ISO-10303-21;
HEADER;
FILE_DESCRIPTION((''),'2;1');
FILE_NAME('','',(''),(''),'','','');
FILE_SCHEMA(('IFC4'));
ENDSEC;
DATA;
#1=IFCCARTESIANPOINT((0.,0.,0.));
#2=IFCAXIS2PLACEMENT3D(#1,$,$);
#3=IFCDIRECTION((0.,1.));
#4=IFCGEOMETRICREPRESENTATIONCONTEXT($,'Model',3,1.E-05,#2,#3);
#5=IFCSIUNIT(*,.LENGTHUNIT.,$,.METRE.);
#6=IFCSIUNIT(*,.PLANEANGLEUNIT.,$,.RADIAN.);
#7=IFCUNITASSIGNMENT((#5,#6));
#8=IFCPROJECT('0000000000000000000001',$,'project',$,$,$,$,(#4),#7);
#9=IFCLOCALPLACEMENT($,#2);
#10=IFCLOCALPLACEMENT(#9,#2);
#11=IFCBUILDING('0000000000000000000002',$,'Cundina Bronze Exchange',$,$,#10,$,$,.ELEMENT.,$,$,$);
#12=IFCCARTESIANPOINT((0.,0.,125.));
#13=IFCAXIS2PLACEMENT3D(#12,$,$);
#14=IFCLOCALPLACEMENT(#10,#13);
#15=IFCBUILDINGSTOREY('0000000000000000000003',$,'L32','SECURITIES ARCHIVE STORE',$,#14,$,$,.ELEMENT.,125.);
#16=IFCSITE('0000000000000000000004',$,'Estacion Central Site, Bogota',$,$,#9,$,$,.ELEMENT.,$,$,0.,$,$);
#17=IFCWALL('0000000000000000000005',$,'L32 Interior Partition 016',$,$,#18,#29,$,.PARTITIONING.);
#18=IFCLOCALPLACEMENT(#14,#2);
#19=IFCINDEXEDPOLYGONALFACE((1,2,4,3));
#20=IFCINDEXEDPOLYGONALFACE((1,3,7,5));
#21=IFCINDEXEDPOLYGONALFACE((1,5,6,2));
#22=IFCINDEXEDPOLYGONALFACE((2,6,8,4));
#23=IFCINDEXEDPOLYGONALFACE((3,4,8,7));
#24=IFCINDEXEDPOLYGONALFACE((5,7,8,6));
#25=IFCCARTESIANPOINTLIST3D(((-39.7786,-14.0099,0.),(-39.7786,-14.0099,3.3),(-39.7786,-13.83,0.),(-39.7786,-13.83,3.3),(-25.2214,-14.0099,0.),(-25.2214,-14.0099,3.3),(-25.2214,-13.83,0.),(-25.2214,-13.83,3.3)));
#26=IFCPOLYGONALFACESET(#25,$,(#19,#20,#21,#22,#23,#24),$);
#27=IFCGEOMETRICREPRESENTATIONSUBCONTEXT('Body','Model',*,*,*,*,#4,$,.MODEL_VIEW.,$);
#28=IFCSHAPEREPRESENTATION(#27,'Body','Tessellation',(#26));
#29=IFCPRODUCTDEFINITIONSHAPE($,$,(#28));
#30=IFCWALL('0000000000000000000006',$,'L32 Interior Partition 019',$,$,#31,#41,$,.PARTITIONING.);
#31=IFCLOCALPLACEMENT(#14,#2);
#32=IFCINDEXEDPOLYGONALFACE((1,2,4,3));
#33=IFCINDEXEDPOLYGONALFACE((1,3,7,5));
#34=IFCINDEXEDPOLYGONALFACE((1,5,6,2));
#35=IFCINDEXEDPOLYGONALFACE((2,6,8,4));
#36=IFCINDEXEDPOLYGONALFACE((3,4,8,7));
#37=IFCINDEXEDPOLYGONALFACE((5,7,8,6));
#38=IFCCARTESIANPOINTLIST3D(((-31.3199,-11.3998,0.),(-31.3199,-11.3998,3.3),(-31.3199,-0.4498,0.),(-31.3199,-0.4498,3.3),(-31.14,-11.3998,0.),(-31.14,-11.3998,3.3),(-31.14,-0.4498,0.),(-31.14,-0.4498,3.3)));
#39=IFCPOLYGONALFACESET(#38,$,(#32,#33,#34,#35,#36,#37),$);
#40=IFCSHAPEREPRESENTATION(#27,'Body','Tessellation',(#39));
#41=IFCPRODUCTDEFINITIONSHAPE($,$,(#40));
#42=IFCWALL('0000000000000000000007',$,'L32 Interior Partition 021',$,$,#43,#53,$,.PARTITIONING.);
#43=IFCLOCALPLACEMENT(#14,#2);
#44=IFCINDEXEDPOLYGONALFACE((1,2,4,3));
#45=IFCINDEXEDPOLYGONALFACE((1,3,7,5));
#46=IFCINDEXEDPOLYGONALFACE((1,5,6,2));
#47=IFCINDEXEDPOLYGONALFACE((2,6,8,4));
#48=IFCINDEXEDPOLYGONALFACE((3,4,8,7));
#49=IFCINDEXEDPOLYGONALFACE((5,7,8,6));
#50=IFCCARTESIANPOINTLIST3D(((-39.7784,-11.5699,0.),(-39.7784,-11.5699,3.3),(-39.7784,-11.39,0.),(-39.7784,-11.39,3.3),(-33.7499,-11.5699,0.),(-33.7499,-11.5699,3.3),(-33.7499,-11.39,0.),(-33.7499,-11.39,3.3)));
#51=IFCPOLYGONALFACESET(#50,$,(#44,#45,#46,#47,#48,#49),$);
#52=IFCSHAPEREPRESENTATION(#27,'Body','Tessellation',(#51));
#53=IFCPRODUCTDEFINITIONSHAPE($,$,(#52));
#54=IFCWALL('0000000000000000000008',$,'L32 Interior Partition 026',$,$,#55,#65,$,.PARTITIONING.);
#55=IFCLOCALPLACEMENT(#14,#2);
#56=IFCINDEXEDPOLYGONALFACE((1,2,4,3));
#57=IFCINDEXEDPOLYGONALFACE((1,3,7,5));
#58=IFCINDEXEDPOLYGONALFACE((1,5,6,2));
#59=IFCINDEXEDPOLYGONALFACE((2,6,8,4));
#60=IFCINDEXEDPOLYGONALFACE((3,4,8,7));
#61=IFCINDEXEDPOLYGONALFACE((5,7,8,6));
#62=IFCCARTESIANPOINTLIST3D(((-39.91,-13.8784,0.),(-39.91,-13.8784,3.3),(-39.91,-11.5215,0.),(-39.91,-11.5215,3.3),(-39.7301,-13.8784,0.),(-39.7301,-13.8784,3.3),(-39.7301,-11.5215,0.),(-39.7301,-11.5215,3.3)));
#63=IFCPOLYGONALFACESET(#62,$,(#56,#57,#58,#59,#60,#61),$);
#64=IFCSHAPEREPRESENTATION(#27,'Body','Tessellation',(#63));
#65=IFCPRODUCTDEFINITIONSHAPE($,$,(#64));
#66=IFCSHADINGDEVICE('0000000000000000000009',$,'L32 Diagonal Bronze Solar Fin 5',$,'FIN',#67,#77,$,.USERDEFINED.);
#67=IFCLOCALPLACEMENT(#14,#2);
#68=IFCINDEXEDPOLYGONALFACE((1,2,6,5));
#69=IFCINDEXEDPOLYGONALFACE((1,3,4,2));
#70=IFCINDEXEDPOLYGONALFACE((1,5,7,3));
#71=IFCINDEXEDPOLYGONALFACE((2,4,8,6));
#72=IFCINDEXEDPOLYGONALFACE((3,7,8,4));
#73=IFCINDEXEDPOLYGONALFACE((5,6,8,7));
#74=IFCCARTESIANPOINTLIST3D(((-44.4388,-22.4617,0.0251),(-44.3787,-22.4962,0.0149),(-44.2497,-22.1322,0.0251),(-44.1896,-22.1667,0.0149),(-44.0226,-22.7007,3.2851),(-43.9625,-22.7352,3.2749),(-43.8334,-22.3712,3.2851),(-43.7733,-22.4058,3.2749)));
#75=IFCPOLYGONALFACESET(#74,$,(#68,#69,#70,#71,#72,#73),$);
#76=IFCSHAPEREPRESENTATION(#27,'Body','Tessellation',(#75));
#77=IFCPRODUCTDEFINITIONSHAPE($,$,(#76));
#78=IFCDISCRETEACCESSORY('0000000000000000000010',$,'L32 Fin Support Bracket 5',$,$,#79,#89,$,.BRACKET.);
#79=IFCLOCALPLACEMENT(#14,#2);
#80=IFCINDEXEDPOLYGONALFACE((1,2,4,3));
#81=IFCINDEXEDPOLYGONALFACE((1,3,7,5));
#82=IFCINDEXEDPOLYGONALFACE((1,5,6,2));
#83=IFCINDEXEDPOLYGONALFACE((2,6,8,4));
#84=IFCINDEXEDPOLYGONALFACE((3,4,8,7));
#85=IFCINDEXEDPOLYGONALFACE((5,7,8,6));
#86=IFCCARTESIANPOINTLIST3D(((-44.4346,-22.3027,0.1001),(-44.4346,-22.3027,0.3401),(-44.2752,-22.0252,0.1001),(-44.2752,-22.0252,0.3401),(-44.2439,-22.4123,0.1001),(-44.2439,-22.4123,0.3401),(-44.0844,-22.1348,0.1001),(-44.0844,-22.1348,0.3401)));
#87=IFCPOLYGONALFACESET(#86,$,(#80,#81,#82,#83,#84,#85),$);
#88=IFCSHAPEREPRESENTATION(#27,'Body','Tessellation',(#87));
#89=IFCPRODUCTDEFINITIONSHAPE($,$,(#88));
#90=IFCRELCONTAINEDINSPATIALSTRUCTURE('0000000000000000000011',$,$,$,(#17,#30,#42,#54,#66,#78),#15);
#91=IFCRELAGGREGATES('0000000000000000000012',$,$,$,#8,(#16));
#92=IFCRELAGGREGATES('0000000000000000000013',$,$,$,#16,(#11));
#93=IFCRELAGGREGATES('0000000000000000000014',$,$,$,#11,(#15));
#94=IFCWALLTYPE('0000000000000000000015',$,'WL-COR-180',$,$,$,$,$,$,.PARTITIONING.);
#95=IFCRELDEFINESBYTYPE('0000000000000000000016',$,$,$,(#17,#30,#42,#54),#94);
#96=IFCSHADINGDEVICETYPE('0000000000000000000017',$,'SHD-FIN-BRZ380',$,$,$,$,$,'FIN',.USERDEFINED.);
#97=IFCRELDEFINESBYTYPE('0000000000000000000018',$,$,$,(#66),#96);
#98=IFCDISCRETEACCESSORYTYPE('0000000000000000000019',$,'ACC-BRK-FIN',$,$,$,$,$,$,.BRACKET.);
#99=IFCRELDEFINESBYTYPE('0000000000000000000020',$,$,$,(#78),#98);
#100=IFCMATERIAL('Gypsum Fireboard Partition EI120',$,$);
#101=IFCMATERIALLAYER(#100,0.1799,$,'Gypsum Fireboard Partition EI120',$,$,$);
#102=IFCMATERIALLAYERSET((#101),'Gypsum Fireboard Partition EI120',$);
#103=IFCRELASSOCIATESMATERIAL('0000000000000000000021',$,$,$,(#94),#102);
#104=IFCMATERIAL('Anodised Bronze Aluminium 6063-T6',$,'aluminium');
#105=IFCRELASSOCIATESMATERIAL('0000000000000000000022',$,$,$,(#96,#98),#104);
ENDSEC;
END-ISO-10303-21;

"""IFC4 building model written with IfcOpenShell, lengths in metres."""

from ifc_helpers import new_model, si_unit, direction, frame, frame_2d, origin, origin_2d, place, context, subcontext, project, spatial, rectangle, extrude, material, layer, layer_set, material_profile, profile_set, type_object, element, save


model = new_model("IFC4")

# Units and contexts
model_context = context("Model", 3, precision=1e-05, world=origin(), true_north=direction((0.0, 1.0)))
body_context = subcontext(model_context, "Body", "Model", "MODEL_VIEW")
ifc_project = project(units=[si_unit("LENGTHUNIT", "METRE"), si_unit("PLANEANGLEUNIT", "RADIAN")], contexts=[model_context])

# Site, building, storey
site_placement = place(None, origin())
site = spatial("IfcSite", under=ifc_project, at=site_placement, Name="Estacion Central Site, Bogota", CompositionType="ELEMENT", RefElevation=0.0)
building_placement = place(site_placement, origin())
building = spatial("IfcBuilding", under=site, at=building_placement, Name="Cundina Bronze Exchange", CompositionType="ELEMENT")
storey_placement = place(building_placement, frame((0.0, 0.0, 125.0)))
storey = spatial("IfcBuildingStorey", under=building, at=storey_placement, Name="L32", Description="SECURITIES ARCHIVE STORE", CompositionType="ELEMENT", Elevation=125.0)

# Shared definitions
ifc_material_1 = material(Name="Anodised Bronze Aluminium 6063-T6", Category="aluminium")

# Walls
ifc_material_2 = material(Name="Gypsum Fireboard Partition EI120")
ifc_layer_1 = layer(ifc_material_2, 0.1799, Name="Gypsum Fireboard Partition EI120")
ifc_layer_set_1 = layer_set([ifc_layer_1], Name="Gypsum Fireboard Partition EI120")
wall_type = type_object("IfcWallType", Name="WL-COR-180", PredefinedType="PARTITIONING", material=ifc_layer_set_1)
wall_1_placement = place(storey_placement, frame((-39.7786, -13.9199, 0.0), z_axis=(0.0, 0.0, 1.0), x_axis=(1.0, 0.0, 0.0)))
element("IfcWall", 1, at=wall_1_placement, inside=storey, type_object=wall_type, Name="L32 Interior Partition 016", PredefinedType="PARTITIONING", context=body_context, shape_type="SweptSolid", body=[
    extrude(rectangle(XDim=14.5571, YDim=0.1799, at=frame_2d((7.2786, 0.0))), origin(), (0.0, 0.0, 1.0), 3.3),
])
wall_2_placement = place(storey_placement, frame((-31.23, -11.3999, 0.0), z_axis=(0.0, 0.0, 1.0), x_axis=(0.0, 1.0, 0.0)))
element("IfcWall", 2, at=wall_2_placement, inside=storey, type_object=wall_type, Name="L32 Interior Partition 019", PredefinedType="PARTITIONING", context=body_context, shape_type="SweptSolid", body=[
    extrude(rectangle(XDim=10.95, YDim=0.1799, at=frame_2d((5.4751, 0.0))), origin(), (0.0, 0.0, 1.0), 3.3),
])
wall_3_placement = place(storey_placement, frame((-33.75, -11.48, 0.0), z_axis=(0.0, 0.0, 1.0), x_axis=(-1.0, 0.0, 0.0)))
element("IfcWall", 3, at=wall_3_placement, inside=storey, type_object=wall_type, Name="L32 Interior Partition 021", PredefinedType="PARTITIONING", context=body_context, shape_type="SweptSolid", body=[
    extrude(rectangle(XDim=6.0286, YDim=0.1799, at=frame_2d((3.0142, 0.0))), origin(), (0.0, 0.0, 1.0), 3.3),
])
wall_4_placement = place(storey_placement, frame((-39.8201, -11.5215, 0.0), z_axis=(0.0, 0.0, 1.0), x_axis=(0.0, -1.0, 0.0)))
element("IfcWall", 4, at=wall_4_placement, inside=storey, type_object=wall_type, Name="L32 Interior Partition 026", PredefinedType="PARTITIONING", context=body_context, shape_type="SweptSolid", body=[
    extrude(rectangle(XDim=2.3569, YDim=0.1799, at=frame_2d((1.1785, 0.0))), origin(), (0.0, 0.0, 1.0), 3.3),
])

# Shading device
ifc_material_profile_1 = material_profile(ifc_material_1, rectangle(XDim=0.0701, YDim=0.3799, at=origin_2d()), Name="FIN70X380", Category="aluminium")
ifc_profile_set_1 = profile_set([ifc_material_profile_1], Name="Anodised Bronze Aluminium 6063-T6")
shading_device_type = type_object("IfcShadingDeviceType", Name="SHD-FIN-BRZ380", ElementType="FIN", PredefinedType="USERDEFINED", material=ifc_profile_set_1)
shading_device_placement = place(storey_placement, frame((-44.3142, -22.3142, 0.02), z_axis=(0.126325, -0.072535, 0.989333), x_axis=(-0.857958, 0.492634, 0.145668)))
element("IfcShadingDevice", 5, at=shading_device_placement, inside=storey, type_object=shading_device_type, Name="L32 Diagonal Bronze Solar Fin 5", ObjectType="FIN", PredefinedType="USERDEFINED", context=body_context, shape_type="SweptSolid", body=[
    extrude(rectangle(XDim=0.0701, YDim=0.3799, at=origin_2d()), origin(), (0.0, 0.0, 1.0), 3.2952),
])

# Discrete accessory
discrete_accessory_type = type_object("IfcDiscreteAccessoryType", Name="ACC-BRK-FIN", PredefinedType="BRACKET", material=ifc_material_1)
discrete_accessory_placement = place(storey_placement, frame((-44.2595, -22.2188, 0.1001), z_axis=(0.0, 0.0, 1.0), x_axis=(0.867105, -0.498125, 0.0)))
element("IfcDiscreteAccessory", 6, at=discrete_accessory_placement, inside=storey, type_object=discrete_accessory_type, Name="L32 Fin Support Bracket 5", PredefinedType="BRACKET", context=body_context, shape_type="SweptSolid", body=[
    extrude(rectangle(XDim=0.22, YDim=0.3201, at=origin_2d()), origin(), (0.0, 0.0, 1.0), 0.24),
])

save(model, "model.ifc")
